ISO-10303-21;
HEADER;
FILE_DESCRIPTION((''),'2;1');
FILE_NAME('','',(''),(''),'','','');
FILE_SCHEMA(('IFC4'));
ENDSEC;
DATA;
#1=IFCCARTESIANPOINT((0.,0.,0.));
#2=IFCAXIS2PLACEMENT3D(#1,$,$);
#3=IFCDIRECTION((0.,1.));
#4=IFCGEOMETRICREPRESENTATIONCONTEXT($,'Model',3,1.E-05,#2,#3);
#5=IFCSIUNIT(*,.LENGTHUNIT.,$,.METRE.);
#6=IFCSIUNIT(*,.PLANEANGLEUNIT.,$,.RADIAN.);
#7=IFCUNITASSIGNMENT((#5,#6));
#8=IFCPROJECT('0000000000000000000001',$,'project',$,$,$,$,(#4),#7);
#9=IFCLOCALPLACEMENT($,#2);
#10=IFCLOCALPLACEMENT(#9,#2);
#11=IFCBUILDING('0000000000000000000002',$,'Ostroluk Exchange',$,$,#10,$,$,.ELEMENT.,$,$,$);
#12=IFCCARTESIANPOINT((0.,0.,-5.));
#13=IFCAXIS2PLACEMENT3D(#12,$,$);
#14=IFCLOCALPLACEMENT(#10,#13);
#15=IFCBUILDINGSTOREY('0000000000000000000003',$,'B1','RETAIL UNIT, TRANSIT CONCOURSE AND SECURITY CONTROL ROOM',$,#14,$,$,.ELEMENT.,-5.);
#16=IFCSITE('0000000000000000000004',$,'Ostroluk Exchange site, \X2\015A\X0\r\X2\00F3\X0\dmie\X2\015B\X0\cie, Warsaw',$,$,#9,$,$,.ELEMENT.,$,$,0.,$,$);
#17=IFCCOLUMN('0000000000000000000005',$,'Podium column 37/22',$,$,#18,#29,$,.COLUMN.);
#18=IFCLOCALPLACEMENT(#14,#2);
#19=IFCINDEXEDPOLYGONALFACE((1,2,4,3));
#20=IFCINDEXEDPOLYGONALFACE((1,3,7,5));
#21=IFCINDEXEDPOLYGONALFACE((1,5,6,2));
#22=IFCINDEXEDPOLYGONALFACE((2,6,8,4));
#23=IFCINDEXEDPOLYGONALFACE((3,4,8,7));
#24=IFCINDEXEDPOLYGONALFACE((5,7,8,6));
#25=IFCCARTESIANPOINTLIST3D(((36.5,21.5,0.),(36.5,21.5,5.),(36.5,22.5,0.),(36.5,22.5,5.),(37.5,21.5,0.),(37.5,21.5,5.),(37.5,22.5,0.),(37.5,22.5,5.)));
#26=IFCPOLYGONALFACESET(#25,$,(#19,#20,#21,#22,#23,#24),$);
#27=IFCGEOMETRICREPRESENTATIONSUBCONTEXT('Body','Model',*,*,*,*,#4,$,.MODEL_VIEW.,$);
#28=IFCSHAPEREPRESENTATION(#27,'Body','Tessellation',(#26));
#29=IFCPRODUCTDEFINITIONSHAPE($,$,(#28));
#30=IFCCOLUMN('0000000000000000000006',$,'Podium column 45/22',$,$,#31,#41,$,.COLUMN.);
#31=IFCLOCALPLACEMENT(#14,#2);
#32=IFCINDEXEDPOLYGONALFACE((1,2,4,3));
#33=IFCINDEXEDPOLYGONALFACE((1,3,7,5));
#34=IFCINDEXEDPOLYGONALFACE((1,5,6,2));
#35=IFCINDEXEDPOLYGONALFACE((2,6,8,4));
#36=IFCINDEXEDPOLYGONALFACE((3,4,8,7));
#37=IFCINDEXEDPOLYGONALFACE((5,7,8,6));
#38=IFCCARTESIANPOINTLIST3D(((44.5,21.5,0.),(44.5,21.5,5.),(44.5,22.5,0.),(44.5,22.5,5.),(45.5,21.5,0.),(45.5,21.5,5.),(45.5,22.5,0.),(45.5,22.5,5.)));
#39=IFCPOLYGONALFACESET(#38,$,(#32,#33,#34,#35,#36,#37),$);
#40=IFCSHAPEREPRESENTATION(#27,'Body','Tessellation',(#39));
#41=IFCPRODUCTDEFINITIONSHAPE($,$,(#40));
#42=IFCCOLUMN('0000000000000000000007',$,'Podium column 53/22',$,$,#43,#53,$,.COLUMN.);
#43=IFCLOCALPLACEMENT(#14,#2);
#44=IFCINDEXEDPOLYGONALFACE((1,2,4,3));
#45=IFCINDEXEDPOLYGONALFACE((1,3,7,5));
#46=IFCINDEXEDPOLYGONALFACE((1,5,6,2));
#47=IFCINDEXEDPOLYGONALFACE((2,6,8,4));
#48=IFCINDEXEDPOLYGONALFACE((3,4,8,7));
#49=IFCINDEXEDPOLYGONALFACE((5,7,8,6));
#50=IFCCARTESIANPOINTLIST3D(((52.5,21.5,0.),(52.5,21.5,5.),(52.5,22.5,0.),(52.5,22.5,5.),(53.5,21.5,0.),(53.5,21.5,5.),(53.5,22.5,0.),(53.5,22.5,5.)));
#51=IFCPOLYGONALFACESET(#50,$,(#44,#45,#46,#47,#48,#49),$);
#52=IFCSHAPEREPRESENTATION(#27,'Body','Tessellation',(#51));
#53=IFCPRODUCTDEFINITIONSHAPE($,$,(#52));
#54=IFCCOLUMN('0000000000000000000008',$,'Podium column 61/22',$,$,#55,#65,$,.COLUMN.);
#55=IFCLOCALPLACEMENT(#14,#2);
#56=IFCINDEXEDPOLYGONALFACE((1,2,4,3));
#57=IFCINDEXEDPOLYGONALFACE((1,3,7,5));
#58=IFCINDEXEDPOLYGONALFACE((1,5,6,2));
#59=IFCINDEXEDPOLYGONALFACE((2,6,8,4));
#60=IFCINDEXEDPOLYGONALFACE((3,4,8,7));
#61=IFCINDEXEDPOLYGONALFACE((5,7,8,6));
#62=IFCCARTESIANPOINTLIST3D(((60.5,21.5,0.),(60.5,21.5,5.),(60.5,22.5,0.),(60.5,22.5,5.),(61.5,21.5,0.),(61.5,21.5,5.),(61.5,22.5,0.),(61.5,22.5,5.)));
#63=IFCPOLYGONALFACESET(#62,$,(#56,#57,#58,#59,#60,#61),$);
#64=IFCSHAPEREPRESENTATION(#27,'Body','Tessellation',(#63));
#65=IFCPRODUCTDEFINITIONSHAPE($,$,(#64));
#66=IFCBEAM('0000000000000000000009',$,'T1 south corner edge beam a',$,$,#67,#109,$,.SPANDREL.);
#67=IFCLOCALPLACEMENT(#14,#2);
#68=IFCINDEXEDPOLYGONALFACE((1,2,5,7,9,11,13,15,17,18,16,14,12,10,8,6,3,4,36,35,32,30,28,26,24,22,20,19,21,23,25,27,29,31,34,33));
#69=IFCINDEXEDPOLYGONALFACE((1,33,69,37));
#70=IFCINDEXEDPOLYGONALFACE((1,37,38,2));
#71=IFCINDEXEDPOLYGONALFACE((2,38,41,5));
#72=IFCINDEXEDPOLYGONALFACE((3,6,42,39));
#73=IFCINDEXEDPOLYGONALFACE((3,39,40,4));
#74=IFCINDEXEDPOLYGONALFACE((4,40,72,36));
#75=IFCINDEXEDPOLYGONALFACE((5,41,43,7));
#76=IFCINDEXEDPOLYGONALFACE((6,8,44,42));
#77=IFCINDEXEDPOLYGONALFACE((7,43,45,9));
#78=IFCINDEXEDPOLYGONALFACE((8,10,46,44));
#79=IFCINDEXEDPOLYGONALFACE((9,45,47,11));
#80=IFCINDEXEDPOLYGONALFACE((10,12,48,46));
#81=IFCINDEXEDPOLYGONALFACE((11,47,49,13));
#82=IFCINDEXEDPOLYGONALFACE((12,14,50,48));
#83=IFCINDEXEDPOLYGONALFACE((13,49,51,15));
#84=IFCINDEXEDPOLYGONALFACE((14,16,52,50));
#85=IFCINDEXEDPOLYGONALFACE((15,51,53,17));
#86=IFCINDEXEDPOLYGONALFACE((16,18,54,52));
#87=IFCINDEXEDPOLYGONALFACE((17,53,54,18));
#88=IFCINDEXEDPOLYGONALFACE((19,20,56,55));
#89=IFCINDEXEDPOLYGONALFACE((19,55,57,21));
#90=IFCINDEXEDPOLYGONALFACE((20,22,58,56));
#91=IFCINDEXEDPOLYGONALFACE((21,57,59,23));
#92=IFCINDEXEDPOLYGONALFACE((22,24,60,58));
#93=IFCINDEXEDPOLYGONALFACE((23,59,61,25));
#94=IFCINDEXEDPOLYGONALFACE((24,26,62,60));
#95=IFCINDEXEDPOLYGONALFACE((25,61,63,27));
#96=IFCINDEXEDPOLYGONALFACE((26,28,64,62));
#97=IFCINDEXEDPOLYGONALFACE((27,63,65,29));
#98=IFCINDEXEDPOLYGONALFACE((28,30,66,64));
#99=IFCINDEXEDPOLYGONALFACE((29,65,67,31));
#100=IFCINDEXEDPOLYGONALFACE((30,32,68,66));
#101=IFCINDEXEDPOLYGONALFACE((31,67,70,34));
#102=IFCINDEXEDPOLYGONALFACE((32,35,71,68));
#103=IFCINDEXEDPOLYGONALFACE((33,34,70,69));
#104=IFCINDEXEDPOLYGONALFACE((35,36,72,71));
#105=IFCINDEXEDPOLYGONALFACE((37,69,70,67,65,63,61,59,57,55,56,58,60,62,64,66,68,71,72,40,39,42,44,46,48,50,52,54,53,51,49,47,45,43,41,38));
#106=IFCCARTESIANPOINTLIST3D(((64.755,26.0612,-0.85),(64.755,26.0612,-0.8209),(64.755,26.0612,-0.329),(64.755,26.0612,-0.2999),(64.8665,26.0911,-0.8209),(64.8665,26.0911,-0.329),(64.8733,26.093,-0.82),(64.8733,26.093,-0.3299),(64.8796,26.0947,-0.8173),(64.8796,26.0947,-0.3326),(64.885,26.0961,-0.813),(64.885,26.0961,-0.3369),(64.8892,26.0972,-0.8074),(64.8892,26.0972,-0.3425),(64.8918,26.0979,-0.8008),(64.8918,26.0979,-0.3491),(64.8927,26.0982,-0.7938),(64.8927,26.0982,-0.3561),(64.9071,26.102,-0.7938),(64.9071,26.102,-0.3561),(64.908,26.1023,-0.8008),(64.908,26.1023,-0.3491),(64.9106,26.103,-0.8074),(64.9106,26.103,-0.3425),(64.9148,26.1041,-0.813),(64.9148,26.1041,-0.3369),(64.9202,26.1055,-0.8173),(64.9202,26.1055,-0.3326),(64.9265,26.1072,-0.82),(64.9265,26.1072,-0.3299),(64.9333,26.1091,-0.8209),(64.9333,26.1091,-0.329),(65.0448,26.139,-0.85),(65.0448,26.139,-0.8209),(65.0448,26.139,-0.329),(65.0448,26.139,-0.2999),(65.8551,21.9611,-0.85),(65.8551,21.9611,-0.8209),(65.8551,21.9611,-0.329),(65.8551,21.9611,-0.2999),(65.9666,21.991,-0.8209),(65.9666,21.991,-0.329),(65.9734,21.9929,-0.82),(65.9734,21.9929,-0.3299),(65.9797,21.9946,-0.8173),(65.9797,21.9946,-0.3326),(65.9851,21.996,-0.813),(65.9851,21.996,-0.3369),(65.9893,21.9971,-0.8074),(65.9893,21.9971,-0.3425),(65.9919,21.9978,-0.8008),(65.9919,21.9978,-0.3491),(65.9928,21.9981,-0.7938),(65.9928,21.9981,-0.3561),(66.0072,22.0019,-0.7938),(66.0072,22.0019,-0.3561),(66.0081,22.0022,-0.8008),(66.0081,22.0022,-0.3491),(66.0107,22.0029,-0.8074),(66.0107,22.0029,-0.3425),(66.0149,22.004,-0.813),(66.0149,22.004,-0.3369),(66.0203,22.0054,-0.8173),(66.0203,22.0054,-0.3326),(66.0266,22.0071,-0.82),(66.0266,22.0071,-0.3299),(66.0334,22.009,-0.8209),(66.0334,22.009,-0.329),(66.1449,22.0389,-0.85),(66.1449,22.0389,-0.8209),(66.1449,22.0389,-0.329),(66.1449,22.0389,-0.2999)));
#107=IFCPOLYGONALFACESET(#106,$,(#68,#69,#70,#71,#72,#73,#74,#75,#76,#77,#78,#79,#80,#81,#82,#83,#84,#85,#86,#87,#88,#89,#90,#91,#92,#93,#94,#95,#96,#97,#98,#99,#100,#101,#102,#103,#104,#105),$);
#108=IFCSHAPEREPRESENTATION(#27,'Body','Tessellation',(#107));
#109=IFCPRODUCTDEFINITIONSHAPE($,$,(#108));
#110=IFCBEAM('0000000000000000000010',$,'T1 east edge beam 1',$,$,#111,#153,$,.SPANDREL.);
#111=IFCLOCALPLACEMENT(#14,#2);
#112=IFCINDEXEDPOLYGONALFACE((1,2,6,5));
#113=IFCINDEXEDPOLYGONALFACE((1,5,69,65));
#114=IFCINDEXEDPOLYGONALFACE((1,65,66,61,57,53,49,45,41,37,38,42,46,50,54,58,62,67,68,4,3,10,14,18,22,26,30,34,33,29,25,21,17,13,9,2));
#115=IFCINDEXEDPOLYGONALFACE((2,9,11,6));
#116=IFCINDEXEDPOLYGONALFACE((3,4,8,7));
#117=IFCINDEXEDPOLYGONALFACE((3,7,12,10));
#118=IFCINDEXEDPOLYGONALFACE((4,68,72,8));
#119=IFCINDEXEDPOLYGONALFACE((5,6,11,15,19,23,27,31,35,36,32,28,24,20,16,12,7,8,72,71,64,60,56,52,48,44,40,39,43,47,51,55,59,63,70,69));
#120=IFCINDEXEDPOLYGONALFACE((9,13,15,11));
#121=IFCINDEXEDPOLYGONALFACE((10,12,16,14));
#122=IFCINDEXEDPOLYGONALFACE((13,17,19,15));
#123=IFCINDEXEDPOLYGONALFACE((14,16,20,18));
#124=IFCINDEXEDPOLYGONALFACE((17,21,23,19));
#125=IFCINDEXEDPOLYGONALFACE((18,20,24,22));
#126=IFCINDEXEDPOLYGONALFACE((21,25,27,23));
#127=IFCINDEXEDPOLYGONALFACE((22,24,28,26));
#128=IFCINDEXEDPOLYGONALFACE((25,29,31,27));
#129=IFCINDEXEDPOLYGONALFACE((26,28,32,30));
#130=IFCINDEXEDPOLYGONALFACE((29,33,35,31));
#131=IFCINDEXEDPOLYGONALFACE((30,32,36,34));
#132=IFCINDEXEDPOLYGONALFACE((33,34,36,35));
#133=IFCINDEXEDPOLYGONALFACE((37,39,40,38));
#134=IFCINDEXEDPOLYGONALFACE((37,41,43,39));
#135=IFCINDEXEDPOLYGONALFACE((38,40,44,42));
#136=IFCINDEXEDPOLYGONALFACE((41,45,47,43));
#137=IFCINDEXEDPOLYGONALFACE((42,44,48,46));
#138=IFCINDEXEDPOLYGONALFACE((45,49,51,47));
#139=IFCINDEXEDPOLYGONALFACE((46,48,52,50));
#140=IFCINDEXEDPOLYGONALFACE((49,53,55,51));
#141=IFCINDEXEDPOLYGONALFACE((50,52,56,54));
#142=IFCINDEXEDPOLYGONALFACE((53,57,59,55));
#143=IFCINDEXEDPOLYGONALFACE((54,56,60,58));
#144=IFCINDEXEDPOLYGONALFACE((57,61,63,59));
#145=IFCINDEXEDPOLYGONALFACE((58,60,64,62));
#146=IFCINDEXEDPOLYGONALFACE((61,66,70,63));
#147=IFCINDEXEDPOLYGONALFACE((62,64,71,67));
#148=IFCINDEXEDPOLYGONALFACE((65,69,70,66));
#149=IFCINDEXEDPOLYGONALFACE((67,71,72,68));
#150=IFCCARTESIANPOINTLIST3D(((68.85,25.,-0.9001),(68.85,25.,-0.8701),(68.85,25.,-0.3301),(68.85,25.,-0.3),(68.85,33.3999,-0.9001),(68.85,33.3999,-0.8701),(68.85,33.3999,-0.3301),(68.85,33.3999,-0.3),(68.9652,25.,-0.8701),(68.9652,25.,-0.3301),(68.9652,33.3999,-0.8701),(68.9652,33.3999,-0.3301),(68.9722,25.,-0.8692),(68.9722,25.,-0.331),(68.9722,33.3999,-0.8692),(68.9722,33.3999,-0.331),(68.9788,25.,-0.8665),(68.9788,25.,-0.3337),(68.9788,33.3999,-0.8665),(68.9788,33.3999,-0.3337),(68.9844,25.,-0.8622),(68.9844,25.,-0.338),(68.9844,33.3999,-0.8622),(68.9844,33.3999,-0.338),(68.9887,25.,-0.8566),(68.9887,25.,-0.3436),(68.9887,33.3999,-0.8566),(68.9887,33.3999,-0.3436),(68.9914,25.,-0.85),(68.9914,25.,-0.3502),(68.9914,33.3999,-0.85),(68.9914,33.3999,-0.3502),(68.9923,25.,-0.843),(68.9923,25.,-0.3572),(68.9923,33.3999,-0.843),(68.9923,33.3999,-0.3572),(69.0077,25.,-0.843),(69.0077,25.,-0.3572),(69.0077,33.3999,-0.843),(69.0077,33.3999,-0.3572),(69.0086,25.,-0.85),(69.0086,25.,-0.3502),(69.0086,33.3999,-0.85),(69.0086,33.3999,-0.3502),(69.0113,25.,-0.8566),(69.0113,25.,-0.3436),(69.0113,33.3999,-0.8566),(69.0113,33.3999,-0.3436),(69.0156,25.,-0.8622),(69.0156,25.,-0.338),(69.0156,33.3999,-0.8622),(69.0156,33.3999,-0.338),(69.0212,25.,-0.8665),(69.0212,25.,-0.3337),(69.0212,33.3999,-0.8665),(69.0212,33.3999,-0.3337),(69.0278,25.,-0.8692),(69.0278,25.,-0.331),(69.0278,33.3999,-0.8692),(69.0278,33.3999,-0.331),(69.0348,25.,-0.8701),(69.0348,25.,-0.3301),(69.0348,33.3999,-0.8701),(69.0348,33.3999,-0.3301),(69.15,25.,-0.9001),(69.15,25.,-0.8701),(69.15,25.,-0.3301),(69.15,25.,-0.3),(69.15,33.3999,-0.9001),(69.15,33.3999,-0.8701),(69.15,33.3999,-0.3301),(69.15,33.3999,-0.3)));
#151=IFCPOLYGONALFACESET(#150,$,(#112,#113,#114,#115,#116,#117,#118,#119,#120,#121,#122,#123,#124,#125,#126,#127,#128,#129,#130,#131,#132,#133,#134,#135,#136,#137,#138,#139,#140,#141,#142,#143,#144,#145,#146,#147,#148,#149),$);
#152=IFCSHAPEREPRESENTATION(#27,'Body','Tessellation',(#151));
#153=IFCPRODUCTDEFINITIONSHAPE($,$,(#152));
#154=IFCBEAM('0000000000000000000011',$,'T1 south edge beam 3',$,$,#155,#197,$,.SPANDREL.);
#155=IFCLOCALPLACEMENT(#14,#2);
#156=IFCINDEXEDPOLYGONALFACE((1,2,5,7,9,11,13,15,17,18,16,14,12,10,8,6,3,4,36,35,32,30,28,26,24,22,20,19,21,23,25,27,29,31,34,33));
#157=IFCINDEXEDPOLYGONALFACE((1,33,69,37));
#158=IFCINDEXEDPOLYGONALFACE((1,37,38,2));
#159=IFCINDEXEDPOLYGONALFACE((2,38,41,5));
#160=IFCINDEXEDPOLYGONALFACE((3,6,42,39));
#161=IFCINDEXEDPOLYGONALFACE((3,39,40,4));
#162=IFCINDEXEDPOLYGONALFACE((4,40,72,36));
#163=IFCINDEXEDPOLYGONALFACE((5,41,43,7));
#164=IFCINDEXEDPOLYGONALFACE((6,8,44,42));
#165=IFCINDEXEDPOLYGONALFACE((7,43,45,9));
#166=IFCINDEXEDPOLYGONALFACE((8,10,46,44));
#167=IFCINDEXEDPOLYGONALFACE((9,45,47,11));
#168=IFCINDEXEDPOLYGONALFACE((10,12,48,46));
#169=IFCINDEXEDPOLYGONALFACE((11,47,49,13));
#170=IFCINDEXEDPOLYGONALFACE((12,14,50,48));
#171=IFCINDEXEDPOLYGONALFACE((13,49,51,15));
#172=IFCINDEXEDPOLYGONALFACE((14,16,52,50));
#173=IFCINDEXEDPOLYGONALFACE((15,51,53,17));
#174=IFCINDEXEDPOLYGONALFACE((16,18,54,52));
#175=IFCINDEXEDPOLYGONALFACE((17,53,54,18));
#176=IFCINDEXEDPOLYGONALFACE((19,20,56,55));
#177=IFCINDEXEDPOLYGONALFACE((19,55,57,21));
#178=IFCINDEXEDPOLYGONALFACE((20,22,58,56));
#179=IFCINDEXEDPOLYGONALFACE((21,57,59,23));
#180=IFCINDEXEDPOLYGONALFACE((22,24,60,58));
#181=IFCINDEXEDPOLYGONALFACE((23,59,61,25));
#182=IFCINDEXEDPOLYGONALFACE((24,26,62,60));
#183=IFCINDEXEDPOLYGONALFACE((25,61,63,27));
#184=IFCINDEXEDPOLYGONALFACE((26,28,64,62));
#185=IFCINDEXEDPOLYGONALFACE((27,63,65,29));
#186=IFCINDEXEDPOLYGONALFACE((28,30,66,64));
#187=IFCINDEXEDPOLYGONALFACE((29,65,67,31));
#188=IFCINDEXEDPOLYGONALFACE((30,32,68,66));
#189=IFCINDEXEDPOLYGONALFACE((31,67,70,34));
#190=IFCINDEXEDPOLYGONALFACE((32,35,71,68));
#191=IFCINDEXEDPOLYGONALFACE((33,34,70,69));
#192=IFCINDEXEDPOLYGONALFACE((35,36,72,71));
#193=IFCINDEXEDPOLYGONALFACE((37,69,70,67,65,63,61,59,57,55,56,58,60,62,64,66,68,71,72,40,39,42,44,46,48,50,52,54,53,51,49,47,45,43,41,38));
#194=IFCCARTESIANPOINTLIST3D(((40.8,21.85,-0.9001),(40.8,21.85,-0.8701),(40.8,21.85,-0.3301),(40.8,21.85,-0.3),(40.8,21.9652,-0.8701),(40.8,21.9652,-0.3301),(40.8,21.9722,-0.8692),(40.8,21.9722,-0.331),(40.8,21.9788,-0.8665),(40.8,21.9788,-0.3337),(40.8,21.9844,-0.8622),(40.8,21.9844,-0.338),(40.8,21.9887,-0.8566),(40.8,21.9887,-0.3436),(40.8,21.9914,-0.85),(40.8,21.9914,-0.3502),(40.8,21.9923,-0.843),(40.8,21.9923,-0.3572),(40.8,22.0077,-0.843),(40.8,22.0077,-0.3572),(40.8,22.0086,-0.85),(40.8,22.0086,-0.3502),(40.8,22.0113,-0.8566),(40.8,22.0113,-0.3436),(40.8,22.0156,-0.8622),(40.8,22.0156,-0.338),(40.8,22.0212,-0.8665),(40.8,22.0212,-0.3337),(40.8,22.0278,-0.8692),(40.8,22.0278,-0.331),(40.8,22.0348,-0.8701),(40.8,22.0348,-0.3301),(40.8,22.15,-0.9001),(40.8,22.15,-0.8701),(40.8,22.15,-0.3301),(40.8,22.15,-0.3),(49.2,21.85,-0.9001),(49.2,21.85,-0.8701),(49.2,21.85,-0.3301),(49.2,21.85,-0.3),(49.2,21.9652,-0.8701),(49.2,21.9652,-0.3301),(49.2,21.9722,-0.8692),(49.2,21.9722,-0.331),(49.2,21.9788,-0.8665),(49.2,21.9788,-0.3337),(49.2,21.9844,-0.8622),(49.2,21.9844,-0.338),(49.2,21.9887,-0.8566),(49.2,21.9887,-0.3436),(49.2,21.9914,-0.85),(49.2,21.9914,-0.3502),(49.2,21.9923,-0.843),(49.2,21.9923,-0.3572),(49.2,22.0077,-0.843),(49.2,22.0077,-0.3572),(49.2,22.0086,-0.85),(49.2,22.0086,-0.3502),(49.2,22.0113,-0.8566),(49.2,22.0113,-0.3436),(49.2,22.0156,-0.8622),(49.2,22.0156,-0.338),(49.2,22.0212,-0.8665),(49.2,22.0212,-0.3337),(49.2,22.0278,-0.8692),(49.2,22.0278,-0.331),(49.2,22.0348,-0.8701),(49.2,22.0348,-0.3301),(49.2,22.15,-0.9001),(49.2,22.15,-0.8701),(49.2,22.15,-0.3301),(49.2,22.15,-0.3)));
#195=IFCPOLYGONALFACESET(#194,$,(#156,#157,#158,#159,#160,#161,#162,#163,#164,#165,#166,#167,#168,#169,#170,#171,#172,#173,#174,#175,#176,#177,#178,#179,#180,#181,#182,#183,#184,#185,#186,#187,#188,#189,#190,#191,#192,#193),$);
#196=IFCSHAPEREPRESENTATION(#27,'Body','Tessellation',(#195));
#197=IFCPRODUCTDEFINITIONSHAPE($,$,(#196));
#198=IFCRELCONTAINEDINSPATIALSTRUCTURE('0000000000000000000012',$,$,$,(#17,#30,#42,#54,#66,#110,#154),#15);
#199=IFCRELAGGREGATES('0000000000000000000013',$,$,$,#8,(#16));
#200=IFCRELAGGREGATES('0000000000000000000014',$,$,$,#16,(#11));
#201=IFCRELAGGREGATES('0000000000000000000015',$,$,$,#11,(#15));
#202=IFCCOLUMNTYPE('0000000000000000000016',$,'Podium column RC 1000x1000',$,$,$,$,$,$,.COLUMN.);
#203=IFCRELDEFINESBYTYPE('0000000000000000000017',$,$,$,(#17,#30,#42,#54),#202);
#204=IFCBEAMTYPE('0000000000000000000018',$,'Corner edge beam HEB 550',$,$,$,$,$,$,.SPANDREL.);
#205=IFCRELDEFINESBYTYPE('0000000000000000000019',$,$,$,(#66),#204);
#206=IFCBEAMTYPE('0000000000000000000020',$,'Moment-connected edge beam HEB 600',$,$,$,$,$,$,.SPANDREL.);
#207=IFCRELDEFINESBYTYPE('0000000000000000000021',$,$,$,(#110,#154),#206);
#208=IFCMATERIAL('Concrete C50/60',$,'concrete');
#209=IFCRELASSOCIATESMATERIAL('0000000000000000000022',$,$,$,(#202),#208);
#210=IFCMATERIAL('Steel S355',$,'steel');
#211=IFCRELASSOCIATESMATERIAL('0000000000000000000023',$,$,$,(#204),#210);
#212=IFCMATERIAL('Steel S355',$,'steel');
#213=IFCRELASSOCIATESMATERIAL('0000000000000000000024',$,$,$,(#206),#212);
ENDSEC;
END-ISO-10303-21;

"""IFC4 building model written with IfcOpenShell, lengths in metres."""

from ifc_helpers import new_model, si_unit, direction, frame, origin, origin_2d, place, context, subcontext, project, spatial, rectangle, i_section, extrude, material, material_profile, profile_set, type_object, element, save


model = new_model("IFC4")

# Units and contexts
model_context = context("Model", 3, precision=1e-05, world=origin(), true_north=direction((0.0, 1.0)))
body_context = subcontext(model_context, "Body", "Model", "MODEL_VIEW")
ifc_project = project(units=[si_unit("LENGTHUNIT", "METRE"), si_unit("PLANEANGLEUNIT", "RADIAN")], contexts=[model_context])

# Site, building, storey
site_placement = place(None, origin())
site = spatial("IfcSite", under=ifc_project, at=site_placement, Name="Ostroluk Exchange site, Śródmieście, Warsaw", CompositionType="ELEMENT", RefElevation=0.0)
building_placement = place(site_placement, origin())
building = spatial("IfcBuilding", under=site, at=building_placement, Name="Ostroluk Exchange", CompositionType="ELEMENT")
storey_placement = place(building_placement, frame((0.0, 0.0, -5.0)))
storey = spatial("IfcBuildingStorey", under=building, at=storey_placement, Name="B1", Description="RETAIL UNIT, TRANSIT CONCOURSE AND SECURITY CONTROL ROOM", CompositionType="ELEMENT", Elevation=-5.0)

# Columns
ifc_material_1 = material(Name="Concrete C50/60", Category="concrete")
ifc_material_profile_1 = material_profile(ifc_material_1, rectangle(XDim=1.0, YDim=1.0, at=origin_2d()), Name="RC 1000x1000")
ifc_profile_set_1 = profile_set([ifc_material_profile_1], Name="Concrete C50/60")
column_type_1 = type_object("IfcColumnType", Name="Podium column RC 1000x1000", PredefinedType="COLUMN", material=ifc_profile_set_1)
for number, where, z_axis, x_axis, name in (
    (1, (37.0, 22.0, 0.0), (0.0, 0.0, 1.0), (1.0, 0.0, 0.0), "Podium column 37/22"),
    (2, (45.0, 22.0, 0.0), (0.0, 0.0, 1.0), (1.0, 0.0, 0.0), "Podium column 45/22"),
    (3, (53.0, 22.0, 0.0), (0.0, 0.0, 1.0), (1.0, 0.0, 0.0), "Podium column 53/22"),
    (4, (61.0, 22.0, 0.0), (0.0, 0.0, 1.0), (1.0, 0.0, 0.0), "Podium column 61/22"),
):
    element("IfcColumn", number, at=place(storey_placement, frame(where, z_axis=z_axis, x_axis=x_axis)), inside=storey, type_object=column_type_1, Name=name, PredefinedType="COLUMN", context=body_context, shape_type="SweptSolid", body=[
        extrude(rectangle(XDim=1.0, YDim=1.0, at=origin_2d()), origin(), (0.0, 0.0, 1.0), 5.0),
    ])

# Beams
ifc_material_2 = material(Name="Steel S355", Category="steel")
ifc_material_profile_2 = material_profile(ifc_material_2, i_section(OverallWidth=0.3, OverallDepth=0.55, WebThickness=0.0149, FlangeThickness=0.0291, FilletRadius=0.0271, at=origin_2d()), Name="HEB 550")
ifc_profile_set_2 = profile_set([ifc_material_profile_2], Name="Steel S355")
beam_type_1 = type_object("IfcBeamType", Name="Corner edge beam HEB 550", PredefinedType="SPANDREL", material=ifc_profile_set_2)
beam_1_placement = place(storey_placement, frame((64.8999, 26.1001, -0.575), z_axis=(0.259144, -0.965839, 0.0), x_axis=(0.965839, 0.259144, 0.0)))
element("IfcBeam", 5, at=beam_1_placement, inside=storey, type_object=beam_type_1, Name="T1 south corner edge beam a", PredefinedType="SPANDREL", context=body_context, shape_type="SweptSolid", body=[
    extrude(i_section(OverallWidth=0.3, OverallDepth=0.55, WebThickness=0.0149, FlangeThickness=0.0291, FilletRadius=0.0271, at=origin_2d()), origin(), (0.0, 0.0, 1.0), 4.2451),
])
ifc_material_3 = material(Name="Steel S355", Category="steel")
ifc_material_profile_3 = material_profile(ifc_material_3, i_section(OverallWidth=0.3, OverallDepth=0.6001, WebThickness=0.0154, FlangeThickness=0.03, FilletRadius=0.0271, at=origin_2d()), Name="HEB 600")
ifc_profile_set_3 = profile_set([ifc_material_profile_3], Name="Steel S355")
beam_type_2 = type_object("IfcBeamType", Name="Moment-connected edge beam HEB 600", PredefinedType="SPANDREL", material=ifc_profile_set_3)
for number, where, z_axis, x_axis, name in (
    (6, (69.0, 25.0, -0.6001), (0.0, 1.0, 0.0), (-1.0, 0.0, 0.0), "T1 east edge beam 1"),
    (7, (40.8, 22.0, -0.6001), (1.0, 0.0, 0.0), (0.0, 1.0, 0.0), "T1 south edge beam 3"),
):
    element("IfcBeam", number, at=place(storey_placement, frame(where, z_axis=z_axis, x_axis=x_axis)), inside=storey, type_object=beam_type_2, Name=name, PredefinedType="SPANDREL", context=body_context, shape_type="SweptSolid", body=[
        extrude(i_section(OverallWidth=0.3, OverallDepth=0.6001, WebThickness=0.0154, FlangeThickness=0.03, FilletRadius=0.0271, at=origin_2d()), origin(), (0.0, 0.0, 1.0), 8.3999),
    ])

save(model, "model.ifc")
